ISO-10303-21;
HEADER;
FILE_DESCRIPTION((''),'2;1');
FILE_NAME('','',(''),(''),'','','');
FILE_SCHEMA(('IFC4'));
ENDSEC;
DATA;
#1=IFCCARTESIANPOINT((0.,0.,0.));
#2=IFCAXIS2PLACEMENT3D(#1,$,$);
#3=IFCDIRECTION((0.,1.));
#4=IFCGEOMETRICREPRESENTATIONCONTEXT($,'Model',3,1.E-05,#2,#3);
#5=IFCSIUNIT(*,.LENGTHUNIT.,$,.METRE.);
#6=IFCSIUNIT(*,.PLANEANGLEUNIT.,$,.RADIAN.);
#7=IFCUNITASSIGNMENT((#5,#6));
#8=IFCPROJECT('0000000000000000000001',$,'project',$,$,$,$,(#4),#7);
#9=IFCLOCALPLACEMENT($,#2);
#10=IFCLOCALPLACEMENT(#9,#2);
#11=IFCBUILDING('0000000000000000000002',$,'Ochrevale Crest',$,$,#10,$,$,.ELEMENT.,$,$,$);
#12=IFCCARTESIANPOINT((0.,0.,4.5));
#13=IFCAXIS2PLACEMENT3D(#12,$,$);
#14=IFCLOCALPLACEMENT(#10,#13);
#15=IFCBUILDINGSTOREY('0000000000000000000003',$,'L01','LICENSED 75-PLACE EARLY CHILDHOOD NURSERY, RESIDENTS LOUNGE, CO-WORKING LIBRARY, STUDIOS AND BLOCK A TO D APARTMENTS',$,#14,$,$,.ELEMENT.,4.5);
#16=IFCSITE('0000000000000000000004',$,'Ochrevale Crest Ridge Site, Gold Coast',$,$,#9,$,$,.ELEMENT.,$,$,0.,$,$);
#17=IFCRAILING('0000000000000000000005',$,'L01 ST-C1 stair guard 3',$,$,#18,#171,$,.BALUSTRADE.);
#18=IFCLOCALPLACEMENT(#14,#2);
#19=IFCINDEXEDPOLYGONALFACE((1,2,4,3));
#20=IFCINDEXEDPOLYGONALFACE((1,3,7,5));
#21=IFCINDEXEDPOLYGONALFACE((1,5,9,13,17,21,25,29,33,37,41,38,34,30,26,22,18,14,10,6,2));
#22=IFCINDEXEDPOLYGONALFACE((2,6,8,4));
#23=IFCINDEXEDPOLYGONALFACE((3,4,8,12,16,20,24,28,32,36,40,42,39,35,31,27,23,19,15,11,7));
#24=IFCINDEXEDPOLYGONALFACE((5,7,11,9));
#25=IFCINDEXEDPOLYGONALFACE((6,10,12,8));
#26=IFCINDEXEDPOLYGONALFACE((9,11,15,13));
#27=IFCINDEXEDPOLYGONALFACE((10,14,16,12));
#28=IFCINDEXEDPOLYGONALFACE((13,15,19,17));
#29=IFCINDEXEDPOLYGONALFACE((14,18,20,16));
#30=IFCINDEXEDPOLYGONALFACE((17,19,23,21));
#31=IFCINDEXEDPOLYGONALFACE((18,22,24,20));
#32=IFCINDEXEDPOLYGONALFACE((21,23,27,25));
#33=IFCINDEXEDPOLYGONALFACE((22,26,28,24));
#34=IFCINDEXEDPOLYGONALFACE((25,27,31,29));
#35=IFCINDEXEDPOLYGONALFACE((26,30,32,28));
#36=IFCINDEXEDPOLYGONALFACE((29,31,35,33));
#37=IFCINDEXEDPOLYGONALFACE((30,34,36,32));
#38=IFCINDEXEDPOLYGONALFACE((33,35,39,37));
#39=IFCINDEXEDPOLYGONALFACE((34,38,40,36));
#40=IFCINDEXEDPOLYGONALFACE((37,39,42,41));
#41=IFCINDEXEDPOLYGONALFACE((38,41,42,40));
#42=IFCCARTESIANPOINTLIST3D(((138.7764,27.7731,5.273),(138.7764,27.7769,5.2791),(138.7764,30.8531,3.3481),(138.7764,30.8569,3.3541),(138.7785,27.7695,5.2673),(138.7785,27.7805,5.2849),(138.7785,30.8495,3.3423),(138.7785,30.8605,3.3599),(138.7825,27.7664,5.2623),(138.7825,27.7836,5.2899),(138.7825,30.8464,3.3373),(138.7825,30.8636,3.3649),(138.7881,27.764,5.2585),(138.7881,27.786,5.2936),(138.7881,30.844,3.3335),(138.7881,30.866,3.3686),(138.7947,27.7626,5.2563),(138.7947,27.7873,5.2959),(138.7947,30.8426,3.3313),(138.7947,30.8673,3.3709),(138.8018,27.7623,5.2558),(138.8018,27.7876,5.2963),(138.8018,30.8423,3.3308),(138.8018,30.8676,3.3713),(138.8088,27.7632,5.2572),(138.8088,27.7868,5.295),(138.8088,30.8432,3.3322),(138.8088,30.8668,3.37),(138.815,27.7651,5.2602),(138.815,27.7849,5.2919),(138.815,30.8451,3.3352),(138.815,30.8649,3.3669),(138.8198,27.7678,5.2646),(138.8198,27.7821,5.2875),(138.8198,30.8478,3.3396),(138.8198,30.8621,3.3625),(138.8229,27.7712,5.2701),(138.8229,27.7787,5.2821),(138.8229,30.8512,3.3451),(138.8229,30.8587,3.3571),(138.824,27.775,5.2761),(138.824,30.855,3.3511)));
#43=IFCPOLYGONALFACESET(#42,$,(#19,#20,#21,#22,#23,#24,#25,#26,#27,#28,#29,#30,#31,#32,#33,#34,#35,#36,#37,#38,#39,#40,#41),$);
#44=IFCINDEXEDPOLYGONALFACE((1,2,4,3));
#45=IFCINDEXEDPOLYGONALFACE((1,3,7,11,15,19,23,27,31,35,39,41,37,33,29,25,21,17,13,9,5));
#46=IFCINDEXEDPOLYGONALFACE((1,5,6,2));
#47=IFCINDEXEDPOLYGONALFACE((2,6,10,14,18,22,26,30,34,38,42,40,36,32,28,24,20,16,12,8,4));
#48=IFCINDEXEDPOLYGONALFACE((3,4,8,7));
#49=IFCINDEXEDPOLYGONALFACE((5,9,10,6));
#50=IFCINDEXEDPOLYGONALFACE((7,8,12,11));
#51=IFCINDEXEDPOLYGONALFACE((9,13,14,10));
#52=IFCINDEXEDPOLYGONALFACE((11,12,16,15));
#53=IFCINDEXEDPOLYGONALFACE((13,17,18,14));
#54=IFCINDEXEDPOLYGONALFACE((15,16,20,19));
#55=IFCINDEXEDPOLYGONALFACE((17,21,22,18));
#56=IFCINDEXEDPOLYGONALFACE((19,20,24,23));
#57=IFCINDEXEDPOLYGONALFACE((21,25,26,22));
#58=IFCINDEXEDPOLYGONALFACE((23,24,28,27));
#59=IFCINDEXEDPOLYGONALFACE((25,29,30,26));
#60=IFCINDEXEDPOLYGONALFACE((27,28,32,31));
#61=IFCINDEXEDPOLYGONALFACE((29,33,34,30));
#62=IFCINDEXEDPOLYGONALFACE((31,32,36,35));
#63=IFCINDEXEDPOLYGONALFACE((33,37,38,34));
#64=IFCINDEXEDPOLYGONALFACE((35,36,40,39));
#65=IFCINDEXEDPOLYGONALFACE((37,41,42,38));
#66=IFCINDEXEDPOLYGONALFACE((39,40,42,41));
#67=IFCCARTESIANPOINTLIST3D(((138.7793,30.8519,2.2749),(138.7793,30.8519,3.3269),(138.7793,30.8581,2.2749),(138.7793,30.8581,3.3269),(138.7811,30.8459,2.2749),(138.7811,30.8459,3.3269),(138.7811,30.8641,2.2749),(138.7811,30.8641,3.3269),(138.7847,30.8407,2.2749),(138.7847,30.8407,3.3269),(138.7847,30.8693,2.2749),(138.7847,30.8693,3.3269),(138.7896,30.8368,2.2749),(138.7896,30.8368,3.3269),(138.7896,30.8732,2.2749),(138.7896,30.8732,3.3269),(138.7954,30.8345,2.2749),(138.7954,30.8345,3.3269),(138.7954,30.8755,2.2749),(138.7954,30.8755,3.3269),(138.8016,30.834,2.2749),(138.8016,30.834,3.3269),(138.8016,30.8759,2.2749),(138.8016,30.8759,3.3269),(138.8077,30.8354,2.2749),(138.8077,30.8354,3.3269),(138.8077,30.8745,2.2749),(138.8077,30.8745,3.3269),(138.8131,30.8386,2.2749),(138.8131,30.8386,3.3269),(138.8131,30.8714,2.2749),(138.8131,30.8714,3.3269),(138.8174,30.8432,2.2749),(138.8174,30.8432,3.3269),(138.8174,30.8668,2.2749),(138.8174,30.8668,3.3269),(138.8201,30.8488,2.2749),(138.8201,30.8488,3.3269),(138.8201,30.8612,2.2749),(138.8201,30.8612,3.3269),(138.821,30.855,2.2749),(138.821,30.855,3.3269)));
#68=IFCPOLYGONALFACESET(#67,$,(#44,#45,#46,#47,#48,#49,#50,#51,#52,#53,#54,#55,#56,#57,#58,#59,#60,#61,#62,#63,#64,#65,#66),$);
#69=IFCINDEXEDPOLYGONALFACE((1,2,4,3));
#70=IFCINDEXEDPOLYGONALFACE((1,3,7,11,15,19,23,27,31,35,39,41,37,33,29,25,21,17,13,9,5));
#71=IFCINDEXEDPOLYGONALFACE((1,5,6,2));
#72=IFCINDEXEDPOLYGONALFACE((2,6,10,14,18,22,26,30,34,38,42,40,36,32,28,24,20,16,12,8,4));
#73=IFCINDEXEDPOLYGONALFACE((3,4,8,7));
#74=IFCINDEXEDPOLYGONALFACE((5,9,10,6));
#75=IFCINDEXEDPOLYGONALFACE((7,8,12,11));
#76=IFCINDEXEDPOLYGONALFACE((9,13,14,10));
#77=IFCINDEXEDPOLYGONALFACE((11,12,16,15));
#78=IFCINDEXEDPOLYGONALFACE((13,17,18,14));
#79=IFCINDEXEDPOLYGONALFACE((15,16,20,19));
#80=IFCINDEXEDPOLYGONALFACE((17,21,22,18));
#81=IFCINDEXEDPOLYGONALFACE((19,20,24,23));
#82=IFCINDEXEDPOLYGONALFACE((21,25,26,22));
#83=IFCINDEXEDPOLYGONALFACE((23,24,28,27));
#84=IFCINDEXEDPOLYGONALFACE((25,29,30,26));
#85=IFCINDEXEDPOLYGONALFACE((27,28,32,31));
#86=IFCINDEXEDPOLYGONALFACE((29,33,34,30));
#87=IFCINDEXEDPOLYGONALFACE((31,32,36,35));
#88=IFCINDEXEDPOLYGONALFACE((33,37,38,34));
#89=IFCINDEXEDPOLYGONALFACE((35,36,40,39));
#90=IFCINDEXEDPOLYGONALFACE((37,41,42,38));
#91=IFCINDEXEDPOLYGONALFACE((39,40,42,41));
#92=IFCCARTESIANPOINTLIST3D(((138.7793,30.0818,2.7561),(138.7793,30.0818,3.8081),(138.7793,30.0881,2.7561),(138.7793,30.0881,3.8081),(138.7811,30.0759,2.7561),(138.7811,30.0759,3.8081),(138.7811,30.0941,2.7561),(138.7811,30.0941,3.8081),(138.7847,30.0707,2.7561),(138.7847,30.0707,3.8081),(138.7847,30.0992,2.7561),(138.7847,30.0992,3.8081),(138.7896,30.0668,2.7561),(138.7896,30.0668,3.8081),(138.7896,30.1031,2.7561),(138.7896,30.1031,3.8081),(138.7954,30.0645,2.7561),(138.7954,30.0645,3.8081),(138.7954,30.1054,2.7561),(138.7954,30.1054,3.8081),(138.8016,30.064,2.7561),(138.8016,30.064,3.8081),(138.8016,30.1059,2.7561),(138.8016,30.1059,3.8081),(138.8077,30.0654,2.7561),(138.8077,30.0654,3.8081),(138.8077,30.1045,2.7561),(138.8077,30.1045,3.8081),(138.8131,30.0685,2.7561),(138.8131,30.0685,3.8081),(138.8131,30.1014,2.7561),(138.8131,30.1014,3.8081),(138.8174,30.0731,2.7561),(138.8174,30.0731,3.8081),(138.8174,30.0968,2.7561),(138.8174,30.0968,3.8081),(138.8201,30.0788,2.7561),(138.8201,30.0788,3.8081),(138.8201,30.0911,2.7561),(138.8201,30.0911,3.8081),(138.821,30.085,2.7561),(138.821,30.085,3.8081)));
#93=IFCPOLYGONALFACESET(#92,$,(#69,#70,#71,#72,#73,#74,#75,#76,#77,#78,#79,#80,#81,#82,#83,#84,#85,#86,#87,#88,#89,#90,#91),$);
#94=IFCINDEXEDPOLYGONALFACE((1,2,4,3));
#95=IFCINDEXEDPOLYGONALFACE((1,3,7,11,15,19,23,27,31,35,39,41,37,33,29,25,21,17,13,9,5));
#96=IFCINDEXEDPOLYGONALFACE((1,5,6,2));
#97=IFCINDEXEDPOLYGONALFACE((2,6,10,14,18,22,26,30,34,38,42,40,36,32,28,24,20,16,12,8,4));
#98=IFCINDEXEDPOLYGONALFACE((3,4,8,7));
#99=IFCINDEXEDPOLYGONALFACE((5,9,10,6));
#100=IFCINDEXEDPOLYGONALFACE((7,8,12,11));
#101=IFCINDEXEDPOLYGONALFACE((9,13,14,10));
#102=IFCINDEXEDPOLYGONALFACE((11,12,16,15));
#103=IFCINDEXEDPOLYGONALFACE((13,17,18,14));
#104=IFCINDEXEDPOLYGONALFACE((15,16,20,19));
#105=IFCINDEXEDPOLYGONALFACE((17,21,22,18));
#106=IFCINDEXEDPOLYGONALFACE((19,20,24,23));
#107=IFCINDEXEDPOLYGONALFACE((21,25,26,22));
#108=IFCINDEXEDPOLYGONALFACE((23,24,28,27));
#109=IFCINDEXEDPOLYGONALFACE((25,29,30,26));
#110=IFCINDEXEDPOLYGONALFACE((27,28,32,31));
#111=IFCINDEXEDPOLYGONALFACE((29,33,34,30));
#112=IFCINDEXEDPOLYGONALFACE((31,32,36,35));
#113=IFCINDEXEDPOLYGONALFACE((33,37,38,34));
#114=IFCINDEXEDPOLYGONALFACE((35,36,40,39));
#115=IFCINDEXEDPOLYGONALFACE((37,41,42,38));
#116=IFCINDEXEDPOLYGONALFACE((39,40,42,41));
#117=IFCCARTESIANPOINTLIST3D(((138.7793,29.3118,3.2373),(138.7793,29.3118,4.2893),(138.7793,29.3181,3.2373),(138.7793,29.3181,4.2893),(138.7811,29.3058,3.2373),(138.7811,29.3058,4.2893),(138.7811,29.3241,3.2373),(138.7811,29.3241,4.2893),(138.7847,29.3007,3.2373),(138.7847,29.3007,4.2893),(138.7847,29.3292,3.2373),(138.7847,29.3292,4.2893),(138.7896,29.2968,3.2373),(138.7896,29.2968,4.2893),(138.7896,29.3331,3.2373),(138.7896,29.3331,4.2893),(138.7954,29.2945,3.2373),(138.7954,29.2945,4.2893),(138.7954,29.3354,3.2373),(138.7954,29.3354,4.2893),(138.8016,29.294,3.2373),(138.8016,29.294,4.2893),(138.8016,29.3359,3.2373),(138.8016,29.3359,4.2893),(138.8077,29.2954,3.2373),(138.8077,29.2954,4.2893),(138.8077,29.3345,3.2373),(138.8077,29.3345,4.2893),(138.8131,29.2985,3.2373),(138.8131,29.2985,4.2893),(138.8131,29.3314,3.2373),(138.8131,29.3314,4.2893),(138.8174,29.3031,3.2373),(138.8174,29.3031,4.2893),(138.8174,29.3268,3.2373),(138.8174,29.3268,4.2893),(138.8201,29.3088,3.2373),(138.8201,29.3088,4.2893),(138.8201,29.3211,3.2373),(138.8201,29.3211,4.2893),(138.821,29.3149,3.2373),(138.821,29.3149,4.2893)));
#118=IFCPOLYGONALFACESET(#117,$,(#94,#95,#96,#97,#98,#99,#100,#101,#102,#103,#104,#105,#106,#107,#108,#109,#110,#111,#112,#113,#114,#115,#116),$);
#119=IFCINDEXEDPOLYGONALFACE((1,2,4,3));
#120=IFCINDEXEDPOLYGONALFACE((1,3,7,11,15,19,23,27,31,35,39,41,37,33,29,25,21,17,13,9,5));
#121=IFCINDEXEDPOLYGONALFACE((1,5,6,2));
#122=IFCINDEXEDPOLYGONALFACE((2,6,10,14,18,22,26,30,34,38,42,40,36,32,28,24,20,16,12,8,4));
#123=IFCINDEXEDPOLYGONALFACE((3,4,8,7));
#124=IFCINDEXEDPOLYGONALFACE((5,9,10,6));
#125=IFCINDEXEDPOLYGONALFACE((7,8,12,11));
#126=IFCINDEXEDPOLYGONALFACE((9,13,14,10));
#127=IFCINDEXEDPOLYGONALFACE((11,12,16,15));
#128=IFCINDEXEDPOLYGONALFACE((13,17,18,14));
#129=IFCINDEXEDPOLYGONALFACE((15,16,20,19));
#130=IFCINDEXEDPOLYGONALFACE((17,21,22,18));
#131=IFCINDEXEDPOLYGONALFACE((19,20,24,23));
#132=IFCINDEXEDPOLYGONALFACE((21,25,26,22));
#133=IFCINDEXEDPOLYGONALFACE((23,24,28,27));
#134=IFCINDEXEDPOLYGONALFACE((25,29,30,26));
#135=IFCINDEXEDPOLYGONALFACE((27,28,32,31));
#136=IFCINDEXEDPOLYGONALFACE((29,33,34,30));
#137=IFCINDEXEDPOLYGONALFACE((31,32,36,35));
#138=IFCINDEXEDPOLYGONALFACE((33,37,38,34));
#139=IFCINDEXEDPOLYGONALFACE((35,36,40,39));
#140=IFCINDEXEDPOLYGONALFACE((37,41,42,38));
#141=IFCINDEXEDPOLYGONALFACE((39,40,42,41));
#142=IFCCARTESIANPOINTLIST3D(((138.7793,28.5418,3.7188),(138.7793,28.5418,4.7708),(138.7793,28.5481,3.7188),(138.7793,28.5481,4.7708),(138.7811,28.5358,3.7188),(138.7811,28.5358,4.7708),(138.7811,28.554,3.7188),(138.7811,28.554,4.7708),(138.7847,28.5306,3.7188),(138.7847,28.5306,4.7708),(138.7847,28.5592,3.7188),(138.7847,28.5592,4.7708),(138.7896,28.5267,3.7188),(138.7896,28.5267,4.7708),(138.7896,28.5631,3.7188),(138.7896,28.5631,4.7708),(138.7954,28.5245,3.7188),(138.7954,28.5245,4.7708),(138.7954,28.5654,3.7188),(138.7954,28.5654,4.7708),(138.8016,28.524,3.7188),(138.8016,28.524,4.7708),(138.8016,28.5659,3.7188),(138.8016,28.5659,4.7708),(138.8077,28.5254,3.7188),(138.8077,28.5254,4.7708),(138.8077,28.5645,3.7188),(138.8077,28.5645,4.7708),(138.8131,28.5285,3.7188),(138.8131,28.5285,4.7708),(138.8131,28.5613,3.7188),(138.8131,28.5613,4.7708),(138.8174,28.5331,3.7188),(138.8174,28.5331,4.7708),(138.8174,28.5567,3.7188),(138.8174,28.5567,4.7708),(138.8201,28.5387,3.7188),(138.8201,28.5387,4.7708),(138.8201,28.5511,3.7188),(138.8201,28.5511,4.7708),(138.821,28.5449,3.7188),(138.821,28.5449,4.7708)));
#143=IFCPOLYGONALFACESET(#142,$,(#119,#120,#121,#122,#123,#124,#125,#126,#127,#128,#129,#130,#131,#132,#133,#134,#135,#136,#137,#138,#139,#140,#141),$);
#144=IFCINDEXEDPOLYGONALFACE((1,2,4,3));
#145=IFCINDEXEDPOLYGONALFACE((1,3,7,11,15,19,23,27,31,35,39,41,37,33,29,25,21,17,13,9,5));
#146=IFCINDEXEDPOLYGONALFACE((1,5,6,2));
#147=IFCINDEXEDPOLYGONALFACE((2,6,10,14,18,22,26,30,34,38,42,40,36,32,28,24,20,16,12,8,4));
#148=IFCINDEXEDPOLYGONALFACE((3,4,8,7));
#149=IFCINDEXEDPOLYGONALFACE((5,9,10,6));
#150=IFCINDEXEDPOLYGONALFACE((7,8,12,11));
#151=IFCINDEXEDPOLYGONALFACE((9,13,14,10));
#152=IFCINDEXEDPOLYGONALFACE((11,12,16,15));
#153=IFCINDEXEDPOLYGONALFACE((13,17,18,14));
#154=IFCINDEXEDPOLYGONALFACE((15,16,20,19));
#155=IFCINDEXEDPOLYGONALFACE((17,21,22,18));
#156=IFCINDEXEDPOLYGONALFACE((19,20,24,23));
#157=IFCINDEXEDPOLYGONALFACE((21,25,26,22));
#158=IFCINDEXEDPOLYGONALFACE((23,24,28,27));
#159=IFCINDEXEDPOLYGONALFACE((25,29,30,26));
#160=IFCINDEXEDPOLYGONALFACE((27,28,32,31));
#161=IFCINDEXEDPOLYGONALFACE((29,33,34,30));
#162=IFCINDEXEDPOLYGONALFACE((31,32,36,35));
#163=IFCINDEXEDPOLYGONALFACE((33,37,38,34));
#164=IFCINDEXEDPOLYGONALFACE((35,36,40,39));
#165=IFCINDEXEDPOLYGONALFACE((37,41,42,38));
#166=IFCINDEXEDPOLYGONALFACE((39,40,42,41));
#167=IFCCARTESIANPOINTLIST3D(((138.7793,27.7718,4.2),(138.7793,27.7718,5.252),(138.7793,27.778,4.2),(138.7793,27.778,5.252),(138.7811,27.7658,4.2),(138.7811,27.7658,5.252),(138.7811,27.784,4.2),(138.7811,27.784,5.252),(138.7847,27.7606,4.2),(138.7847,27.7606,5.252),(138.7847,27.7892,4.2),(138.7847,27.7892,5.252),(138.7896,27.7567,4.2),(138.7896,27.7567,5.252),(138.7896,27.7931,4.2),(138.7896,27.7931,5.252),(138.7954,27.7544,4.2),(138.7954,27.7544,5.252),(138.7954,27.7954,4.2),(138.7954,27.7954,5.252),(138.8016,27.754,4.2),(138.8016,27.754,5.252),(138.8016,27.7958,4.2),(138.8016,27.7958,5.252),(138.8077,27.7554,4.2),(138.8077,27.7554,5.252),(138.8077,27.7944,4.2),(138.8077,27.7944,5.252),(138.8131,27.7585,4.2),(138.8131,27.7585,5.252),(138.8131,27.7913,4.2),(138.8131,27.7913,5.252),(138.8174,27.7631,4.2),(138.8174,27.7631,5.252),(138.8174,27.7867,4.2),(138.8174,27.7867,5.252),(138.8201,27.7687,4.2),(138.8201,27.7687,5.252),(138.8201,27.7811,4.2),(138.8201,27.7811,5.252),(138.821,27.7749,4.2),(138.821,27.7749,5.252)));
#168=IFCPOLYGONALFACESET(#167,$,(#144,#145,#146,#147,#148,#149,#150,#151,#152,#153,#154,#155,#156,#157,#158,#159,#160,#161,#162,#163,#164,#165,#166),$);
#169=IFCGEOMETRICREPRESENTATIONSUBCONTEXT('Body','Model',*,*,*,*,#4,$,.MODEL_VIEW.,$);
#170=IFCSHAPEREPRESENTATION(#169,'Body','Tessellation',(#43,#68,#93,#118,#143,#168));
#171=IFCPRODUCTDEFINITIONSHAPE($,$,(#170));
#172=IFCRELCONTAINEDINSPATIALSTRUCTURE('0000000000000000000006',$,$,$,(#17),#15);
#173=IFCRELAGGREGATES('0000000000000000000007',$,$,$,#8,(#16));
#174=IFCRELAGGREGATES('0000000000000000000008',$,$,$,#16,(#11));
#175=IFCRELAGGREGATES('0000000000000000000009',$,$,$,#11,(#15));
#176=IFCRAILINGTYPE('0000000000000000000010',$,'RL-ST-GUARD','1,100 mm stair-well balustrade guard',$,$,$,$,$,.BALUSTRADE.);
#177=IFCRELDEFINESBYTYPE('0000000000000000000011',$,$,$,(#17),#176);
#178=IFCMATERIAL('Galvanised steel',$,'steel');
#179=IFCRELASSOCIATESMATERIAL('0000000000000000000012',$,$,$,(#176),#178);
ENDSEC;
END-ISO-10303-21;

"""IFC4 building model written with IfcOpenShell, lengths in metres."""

from ifc_helpers import new_model, si_unit, direction, frame, origin, origin_2d, place, context, subcontext, project, spatial, circle, extrude, material, type_object, element, save


model = new_model("IFC4")

# Units and contexts
model_context = context("Model", 3, precision=1e-05, world=origin(), true_north=direction((0.0, 1.0)))
body_context = subcontext(model_context, "Body", "Model", "MODEL_VIEW")
ifc_project = project(units=[si_unit("LENGTHUNIT", "METRE"), si_unit("PLANEANGLEUNIT", "RADIAN")], contexts=[model_context])

# Site, building, storey
site_placement = place(None, origin())
site = spatial("IfcSite", under=ifc_project, at=site_placement, Name="Ochrevale Crest Ridge Site, Gold Coast", CompositionType="ELEMENT", RefElevation=0.0)
building_placement = place(site_placement, origin())
building = spatial("IfcBuilding", under=site, at=building_placement, Name="Ochrevale Crest", CompositionType="ELEMENT")
storey_placement = place(building_placement, frame((0.0, 0.0, 4.5)))
storey = spatial("IfcBuildingStorey", under=building, at=storey_placement, Name="L01", Description="LICENSED 75-PLACE EARLY CHILDHOOD NURSERY, RESIDENTS LOUNGE, CO-WORKING LIBRARY, STUDIOS AND BLOCK A TO D APARTMENTS", CompositionType="ELEMENT", Elevation=4.5)

# Railing
ifc_material_1 = material(Name="Galvanised steel", Category="steel")
railing_type_1 = type_object("IfcRailingType", Name="RL-ST-GUARD", Description="1,100 mm stair-well balustrade guard", PredefinedType="BALUSTRADE", material=ifc_material_1)
railing_1_placement = place(storey_placement, frame((138.8, 30.855, 2.2749)))
element("IfcRailing", 1, at=railing_1_placement, inside=storey, type_object=railing_type_1, Name="L01 ST-C1 stair guard 3", PredefinedType="BALUSTRADE", context=body_context, shape_type="SweptSolid", body=[
    extrude(circle(Radius=0.0239, at=origin_2d()), frame((0.0, 0.0, 1.0762), z_axis=(0.0, -0.847998, 0.529999), x_axis=(1.0, 0.0, 0.0)), (0.0, 0.0, 1.0), 3.6321),
    extrude(circle(Radius=0.021, at=origin_2d()), origin(), (0.0, 0.0, 1.0), 1.052),
    extrude(circle(Radius=0.021, at=origin_2d()), frame((0.0, -0.77, 0.4812)), (0.0, 0.0, 1.0), 1.052),
    extrude(circle(Radius=0.021, at=origin_2d()), frame((0.0, -1.54, 0.9624)), (0.0, 0.0, 1.0), 1.052),
    extrude(circle(Radius=0.021, at=origin_2d()), frame((0.0, -2.3101, 1.4438)), (0.0, 0.0, 1.0), 1.052),
    extrude(circle(Radius=0.021, at=origin_2d()), frame((0.0, -3.0801, 1.925)), (0.0, 0.0, 1.0), 1.052),
])

save(model, "model.ifc")
